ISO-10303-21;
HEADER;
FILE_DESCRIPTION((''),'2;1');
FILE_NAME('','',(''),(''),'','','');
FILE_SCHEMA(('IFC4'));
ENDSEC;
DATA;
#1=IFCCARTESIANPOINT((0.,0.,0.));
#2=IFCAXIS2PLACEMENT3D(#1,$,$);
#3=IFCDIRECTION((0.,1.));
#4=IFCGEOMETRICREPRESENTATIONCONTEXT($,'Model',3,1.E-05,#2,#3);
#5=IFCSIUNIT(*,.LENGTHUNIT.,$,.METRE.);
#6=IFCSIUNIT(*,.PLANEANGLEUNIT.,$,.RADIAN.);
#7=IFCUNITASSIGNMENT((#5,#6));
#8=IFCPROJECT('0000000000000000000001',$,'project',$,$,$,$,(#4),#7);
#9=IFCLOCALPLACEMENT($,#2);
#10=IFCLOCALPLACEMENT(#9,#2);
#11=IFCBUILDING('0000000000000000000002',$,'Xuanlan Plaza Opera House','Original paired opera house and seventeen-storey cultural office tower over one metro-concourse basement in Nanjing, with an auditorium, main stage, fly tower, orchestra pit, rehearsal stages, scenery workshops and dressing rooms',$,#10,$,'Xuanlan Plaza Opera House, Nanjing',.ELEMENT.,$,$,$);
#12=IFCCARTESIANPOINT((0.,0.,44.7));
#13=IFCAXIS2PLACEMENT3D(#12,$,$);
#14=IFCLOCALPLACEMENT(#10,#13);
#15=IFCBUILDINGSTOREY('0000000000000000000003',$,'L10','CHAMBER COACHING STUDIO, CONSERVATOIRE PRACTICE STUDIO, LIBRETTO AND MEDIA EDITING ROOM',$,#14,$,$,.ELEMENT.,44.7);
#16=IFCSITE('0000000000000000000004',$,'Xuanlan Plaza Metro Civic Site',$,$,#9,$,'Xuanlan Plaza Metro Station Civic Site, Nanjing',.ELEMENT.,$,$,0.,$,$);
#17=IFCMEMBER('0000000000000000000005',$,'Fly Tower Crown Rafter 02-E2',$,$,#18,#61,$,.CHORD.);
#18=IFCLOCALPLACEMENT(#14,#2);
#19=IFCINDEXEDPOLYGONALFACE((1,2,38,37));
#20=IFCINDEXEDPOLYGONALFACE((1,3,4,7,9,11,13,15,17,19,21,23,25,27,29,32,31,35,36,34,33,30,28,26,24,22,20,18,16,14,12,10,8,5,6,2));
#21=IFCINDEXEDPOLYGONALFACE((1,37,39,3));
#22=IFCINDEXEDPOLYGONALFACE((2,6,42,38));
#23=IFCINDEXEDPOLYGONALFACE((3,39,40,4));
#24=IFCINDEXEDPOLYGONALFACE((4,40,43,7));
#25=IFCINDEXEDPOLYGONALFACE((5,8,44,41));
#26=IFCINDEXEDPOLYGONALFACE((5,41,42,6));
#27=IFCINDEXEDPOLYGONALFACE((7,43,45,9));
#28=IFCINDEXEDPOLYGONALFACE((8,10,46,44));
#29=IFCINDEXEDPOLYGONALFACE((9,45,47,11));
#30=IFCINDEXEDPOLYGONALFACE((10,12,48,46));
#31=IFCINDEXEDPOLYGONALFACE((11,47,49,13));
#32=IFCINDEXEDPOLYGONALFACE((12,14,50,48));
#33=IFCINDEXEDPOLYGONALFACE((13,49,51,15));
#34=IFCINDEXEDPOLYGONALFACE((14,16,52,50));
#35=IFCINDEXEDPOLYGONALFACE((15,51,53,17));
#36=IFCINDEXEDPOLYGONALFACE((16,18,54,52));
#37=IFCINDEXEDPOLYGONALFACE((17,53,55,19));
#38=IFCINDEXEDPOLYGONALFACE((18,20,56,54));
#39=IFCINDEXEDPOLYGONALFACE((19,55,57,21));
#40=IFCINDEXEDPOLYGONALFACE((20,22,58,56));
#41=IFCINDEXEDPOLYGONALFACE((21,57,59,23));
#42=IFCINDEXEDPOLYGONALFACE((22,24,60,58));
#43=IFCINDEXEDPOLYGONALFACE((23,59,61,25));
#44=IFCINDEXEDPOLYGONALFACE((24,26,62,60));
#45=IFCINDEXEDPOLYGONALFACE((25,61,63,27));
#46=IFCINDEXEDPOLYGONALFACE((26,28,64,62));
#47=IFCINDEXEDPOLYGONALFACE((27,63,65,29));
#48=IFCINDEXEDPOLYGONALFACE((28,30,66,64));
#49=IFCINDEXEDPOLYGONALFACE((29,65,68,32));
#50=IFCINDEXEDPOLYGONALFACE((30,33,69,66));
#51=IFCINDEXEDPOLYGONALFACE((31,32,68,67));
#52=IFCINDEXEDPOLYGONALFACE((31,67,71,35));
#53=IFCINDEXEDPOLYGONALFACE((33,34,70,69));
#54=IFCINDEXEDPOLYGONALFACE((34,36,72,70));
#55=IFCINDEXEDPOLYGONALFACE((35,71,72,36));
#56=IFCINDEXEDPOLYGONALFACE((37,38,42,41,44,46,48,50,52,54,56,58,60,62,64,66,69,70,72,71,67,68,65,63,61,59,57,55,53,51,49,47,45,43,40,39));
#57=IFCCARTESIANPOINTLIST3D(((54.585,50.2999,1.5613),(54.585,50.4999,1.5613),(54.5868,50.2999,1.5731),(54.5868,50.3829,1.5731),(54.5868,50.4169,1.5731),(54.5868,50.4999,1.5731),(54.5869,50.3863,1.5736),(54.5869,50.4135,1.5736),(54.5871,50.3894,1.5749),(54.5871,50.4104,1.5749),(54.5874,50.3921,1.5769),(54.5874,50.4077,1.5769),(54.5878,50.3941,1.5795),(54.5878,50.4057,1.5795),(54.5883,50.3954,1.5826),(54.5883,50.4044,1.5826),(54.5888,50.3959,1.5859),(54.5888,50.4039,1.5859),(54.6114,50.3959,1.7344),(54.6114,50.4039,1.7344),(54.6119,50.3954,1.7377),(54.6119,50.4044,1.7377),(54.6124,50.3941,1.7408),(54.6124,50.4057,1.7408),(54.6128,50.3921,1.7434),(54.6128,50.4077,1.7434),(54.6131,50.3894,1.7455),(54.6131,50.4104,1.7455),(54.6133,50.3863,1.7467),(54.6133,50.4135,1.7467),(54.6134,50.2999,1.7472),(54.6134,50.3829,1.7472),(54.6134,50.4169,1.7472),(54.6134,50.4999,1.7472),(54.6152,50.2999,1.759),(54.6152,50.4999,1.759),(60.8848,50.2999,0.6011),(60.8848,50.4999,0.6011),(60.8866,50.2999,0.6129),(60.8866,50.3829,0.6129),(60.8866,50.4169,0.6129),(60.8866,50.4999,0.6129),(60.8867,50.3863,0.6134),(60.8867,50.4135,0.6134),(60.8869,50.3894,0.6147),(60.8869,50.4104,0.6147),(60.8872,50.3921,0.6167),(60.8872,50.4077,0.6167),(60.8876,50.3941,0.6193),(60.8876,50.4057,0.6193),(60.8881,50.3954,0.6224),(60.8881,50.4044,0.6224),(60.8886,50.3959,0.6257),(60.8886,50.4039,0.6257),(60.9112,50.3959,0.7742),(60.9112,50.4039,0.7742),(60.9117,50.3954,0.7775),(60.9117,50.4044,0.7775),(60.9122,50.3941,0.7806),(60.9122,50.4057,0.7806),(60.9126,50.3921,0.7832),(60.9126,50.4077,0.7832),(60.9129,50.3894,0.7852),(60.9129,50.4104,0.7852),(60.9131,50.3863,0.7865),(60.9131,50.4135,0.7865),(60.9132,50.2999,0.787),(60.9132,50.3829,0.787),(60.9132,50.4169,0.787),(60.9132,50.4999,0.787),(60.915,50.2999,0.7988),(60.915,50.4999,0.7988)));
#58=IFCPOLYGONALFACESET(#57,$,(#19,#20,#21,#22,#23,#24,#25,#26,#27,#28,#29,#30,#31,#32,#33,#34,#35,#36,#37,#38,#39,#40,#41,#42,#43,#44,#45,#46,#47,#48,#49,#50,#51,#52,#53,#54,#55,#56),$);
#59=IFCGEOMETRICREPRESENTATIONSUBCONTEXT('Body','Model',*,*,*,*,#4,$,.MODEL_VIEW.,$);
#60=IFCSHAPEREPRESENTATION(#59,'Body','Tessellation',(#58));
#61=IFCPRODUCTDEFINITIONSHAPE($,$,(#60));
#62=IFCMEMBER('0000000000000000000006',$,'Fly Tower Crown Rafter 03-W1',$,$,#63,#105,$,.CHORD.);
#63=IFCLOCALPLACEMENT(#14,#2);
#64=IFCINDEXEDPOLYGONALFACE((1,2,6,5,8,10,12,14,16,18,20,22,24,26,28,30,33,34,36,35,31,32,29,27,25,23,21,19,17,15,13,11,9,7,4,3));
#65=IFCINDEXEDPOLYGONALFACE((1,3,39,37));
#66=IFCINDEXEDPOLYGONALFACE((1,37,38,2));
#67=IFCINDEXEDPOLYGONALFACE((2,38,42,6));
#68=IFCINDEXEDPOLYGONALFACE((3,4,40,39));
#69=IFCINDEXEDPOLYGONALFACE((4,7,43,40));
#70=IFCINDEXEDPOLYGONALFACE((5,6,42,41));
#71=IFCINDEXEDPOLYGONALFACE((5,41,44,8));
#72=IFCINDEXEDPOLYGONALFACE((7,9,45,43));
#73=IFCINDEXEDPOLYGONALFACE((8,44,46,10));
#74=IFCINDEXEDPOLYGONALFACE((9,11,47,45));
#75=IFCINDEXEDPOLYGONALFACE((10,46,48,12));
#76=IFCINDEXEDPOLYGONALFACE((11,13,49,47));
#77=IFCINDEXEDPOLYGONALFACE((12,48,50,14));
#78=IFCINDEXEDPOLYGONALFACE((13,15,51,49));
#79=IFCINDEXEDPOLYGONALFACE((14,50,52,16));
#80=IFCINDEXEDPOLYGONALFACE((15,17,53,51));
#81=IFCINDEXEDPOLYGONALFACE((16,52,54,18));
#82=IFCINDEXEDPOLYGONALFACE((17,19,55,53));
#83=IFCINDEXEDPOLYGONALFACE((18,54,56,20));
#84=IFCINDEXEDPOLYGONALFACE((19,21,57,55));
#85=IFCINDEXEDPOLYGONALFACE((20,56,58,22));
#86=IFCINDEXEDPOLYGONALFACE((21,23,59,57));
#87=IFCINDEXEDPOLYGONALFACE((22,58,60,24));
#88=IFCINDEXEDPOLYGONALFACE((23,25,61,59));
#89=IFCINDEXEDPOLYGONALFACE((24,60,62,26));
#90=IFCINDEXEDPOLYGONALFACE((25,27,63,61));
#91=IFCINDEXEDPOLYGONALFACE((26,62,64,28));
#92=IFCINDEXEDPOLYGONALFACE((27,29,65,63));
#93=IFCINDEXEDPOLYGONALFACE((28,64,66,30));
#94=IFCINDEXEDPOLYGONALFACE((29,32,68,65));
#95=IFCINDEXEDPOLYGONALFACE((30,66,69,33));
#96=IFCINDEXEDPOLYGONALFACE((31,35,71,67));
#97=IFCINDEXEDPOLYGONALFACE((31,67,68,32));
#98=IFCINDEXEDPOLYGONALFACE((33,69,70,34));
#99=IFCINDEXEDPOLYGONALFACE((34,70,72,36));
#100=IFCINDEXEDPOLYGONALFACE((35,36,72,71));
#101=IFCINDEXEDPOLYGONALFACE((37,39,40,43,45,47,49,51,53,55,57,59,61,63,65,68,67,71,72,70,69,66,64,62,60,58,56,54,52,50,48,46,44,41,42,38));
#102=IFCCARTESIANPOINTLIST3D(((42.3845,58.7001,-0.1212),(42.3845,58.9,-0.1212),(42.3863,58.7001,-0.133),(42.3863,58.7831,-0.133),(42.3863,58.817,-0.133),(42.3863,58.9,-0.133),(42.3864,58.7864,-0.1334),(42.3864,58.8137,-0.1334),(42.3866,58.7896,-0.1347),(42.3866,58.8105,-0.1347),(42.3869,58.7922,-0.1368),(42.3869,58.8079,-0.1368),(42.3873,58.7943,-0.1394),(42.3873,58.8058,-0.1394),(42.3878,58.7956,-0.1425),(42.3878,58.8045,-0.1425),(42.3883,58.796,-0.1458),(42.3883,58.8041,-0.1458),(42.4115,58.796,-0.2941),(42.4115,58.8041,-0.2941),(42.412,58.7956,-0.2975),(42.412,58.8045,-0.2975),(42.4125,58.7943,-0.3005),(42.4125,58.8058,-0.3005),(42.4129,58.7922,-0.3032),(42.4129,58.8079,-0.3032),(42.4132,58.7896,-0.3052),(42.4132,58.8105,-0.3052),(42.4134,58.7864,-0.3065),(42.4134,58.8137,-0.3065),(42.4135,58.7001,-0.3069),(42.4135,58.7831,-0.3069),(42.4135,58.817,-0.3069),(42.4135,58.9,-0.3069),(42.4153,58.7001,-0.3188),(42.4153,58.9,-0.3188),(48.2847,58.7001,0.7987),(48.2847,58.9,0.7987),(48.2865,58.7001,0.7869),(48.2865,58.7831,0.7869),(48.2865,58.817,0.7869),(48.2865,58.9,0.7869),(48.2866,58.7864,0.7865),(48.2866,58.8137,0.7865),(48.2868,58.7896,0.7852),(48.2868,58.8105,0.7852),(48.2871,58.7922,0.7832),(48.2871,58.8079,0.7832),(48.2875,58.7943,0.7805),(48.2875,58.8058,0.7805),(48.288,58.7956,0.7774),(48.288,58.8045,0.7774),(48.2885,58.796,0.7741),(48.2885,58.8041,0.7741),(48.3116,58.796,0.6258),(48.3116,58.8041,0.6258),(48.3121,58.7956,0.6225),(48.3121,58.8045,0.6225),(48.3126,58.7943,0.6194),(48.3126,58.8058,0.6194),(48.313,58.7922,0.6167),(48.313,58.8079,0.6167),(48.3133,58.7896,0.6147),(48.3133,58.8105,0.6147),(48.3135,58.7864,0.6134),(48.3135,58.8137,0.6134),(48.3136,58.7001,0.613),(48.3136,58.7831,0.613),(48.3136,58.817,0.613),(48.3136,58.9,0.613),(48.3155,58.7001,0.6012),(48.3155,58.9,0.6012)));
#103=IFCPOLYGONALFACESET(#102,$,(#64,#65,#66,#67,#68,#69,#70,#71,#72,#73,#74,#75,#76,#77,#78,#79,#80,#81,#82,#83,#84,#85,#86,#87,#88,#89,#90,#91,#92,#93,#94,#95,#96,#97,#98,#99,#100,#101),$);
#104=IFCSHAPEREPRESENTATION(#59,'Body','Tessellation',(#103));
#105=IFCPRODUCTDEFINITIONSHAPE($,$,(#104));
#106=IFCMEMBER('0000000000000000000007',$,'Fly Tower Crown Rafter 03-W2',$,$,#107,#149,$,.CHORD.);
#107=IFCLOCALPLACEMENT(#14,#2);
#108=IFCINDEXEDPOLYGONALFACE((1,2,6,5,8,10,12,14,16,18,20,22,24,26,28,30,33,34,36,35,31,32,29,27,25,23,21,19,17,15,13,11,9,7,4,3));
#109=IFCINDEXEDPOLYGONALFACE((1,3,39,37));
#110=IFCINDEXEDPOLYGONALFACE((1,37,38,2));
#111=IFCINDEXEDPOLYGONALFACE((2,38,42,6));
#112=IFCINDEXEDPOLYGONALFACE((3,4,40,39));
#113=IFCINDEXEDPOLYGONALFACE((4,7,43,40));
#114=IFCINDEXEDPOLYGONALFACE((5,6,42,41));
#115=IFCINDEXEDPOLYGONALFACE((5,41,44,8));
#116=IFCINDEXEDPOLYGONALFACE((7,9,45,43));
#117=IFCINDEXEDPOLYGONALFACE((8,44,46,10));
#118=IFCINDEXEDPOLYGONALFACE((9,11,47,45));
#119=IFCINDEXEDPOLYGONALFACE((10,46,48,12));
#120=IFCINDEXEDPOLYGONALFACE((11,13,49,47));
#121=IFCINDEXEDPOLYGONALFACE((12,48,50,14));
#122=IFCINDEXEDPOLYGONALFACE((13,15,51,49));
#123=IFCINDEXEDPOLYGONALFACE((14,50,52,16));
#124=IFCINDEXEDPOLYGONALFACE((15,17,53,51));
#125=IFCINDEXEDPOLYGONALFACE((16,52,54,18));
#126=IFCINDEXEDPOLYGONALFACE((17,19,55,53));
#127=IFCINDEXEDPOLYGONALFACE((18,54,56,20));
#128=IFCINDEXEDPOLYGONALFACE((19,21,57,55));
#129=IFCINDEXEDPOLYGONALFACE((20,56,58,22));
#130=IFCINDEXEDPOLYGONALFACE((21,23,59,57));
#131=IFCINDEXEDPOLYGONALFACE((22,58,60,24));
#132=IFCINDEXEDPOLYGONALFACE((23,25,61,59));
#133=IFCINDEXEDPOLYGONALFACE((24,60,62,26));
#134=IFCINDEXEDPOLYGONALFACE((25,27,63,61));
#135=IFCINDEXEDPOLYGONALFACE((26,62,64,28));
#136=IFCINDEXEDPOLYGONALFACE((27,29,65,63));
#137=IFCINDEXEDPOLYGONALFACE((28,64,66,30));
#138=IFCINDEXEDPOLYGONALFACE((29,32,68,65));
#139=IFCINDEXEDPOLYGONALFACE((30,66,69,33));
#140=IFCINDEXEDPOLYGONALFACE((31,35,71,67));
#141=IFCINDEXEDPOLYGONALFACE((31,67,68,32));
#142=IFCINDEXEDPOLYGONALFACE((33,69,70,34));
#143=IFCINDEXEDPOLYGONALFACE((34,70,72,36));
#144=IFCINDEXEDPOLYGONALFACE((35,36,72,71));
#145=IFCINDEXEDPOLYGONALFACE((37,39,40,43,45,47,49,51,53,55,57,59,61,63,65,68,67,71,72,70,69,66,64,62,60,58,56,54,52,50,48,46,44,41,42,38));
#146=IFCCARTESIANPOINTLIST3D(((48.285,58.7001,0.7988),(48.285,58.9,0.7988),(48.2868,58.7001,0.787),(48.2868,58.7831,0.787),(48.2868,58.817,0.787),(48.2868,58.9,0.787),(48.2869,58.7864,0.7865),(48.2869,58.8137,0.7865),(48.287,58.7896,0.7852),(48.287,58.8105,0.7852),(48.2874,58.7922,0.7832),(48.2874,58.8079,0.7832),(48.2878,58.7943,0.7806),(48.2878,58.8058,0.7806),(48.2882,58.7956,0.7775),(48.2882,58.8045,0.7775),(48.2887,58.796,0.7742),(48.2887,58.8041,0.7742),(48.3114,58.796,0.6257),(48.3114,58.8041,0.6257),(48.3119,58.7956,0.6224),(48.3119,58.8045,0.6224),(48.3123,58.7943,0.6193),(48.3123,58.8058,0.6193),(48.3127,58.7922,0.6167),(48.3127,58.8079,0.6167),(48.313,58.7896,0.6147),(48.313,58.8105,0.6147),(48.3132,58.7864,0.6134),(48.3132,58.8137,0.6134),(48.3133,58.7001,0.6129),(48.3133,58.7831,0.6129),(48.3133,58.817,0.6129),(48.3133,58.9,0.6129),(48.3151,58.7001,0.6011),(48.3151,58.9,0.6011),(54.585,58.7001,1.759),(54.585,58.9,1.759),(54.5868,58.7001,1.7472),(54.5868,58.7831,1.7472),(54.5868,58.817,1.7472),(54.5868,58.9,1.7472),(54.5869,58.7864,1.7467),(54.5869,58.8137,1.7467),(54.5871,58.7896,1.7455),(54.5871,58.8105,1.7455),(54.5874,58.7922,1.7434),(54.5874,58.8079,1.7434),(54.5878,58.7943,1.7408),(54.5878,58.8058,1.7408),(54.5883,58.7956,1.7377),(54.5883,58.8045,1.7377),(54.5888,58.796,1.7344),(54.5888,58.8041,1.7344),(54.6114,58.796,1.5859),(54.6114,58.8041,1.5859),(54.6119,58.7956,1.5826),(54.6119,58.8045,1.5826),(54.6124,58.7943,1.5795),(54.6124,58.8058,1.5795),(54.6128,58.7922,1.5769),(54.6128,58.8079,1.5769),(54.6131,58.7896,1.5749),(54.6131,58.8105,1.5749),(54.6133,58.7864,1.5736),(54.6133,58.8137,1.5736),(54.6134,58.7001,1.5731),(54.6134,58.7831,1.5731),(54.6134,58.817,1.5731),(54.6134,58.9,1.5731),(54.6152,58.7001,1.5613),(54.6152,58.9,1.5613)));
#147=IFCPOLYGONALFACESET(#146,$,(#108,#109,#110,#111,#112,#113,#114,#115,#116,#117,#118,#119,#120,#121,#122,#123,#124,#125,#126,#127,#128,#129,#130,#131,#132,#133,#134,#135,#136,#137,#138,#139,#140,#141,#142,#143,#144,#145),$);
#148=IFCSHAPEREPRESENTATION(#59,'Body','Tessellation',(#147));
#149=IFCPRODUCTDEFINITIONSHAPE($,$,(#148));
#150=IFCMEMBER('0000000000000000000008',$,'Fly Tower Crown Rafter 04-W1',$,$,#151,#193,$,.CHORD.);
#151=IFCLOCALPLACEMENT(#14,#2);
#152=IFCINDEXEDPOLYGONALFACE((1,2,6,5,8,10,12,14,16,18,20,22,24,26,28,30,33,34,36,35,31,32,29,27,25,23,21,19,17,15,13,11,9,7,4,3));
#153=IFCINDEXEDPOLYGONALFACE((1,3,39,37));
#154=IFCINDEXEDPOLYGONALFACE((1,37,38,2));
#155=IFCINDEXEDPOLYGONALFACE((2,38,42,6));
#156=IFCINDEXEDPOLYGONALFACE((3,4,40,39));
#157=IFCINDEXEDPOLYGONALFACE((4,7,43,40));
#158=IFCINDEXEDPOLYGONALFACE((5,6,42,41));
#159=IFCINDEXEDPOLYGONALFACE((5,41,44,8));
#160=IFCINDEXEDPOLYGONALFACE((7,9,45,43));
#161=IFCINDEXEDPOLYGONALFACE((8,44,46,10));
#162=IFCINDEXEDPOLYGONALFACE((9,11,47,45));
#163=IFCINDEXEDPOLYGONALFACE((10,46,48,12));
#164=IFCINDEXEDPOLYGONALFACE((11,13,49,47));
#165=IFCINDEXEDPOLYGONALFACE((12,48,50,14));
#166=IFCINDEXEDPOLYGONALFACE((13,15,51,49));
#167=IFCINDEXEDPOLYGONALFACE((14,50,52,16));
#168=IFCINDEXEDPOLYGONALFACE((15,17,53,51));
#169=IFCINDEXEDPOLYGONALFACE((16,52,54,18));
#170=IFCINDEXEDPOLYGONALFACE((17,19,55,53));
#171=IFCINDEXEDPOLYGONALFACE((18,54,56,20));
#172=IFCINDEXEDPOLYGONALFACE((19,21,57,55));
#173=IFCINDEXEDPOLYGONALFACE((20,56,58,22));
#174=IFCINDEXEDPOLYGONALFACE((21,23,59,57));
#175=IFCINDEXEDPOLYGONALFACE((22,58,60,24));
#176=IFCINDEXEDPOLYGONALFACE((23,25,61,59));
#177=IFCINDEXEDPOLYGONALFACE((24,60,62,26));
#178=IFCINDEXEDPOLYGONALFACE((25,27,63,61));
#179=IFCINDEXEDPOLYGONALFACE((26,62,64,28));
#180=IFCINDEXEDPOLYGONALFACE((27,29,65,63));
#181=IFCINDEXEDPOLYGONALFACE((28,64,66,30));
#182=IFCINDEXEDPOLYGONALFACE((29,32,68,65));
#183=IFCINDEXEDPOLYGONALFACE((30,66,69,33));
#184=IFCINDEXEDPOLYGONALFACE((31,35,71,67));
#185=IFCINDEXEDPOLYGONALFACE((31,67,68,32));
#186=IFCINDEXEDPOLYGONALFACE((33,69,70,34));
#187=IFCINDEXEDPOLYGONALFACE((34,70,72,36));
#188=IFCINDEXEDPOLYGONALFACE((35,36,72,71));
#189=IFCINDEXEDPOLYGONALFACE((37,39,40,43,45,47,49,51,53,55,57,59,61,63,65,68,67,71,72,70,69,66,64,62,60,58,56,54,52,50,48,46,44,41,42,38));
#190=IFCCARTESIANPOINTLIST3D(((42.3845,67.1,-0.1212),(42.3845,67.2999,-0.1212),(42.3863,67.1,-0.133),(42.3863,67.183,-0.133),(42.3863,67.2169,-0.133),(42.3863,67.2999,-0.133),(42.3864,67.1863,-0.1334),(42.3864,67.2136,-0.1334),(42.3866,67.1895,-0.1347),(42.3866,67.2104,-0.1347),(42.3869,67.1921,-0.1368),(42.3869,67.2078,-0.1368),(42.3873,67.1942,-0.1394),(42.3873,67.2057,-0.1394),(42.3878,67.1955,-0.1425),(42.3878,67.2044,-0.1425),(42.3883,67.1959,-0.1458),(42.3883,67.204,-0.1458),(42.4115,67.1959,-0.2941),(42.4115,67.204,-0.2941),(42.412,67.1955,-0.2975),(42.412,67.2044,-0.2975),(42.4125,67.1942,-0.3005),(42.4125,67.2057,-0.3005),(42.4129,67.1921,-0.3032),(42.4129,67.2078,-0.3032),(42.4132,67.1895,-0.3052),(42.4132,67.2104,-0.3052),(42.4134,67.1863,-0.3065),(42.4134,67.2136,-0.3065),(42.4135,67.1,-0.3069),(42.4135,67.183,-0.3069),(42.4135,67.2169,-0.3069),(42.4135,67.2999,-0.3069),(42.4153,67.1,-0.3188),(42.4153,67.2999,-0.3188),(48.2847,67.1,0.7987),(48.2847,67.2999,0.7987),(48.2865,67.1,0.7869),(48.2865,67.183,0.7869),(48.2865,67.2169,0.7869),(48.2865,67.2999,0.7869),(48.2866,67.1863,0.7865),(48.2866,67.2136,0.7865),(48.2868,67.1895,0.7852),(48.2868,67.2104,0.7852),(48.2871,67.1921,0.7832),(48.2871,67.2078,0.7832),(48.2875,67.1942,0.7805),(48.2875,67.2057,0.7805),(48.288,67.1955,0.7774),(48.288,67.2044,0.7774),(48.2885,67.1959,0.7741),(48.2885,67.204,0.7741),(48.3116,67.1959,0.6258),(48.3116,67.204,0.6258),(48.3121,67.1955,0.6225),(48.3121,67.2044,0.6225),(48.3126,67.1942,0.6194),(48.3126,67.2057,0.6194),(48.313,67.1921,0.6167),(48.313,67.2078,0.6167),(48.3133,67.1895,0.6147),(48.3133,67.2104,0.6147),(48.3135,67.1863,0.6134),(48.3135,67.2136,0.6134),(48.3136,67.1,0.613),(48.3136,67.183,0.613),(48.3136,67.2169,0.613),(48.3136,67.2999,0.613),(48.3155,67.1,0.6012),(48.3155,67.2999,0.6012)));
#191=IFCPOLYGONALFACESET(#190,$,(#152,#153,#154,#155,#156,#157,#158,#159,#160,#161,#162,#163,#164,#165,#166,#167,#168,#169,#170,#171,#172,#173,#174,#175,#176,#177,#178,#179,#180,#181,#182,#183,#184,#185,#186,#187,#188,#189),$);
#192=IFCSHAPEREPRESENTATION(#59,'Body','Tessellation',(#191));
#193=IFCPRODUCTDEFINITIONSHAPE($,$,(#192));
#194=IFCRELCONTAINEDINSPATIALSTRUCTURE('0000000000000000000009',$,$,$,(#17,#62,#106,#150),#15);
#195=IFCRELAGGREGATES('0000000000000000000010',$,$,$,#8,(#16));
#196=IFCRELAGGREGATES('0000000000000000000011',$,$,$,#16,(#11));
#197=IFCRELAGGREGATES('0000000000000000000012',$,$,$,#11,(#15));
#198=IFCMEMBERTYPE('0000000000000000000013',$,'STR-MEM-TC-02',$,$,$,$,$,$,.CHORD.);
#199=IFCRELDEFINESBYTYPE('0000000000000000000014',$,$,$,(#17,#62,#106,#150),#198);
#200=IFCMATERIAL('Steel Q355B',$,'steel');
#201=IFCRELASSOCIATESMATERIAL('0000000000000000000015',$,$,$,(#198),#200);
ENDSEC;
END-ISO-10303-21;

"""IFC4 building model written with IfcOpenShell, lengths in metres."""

from ifc_helpers import new_model, si_unit, direction, frame, origin, origin_2d, place, context, subcontext, project, spatial, i_section, extrude, material, material_profile, profile_set, type_object, element, save


model = new_model("IFC4")

# Units and contexts
model_context = context("Model", 3, precision=1e-05, world=origin(), true_north=direction((0.0, 1.0)))
body_context = subcontext(model_context, "Body", "Model", "MODEL_VIEW")
ifc_project = project(units=[si_unit("LENGTHUNIT", "METRE"), si_unit("PLANEANGLEUNIT", "RADIAN")], contexts=[model_context])

# Site, building, storey
site_placement = place(None, origin())
site = spatial("IfcSite", under=ifc_project, at=site_placement, Name="Xuanlan Plaza Metro Civic Site", LongName="Xuanlan Plaza Metro Station Civic Site, Nanjing", CompositionType="ELEMENT", RefElevation=0.0)
building_placement = place(site_placement, origin())
building = spatial("IfcBuilding", under=site, at=building_placement, Name="Xuanlan Plaza Opera House", Description="Original paired opera house and seventeen-storey cultural office tower over one metro-concourse basement in Nanjing, with an auditorium, main stage, fly tower, orchestra pit, rehearsal stages, scenery workshops and dressing rooms", LongName="Xuanlan Plaza Opera House, Nanjing", CompositionType="ELEMENT")
storey_placement = place(building_placement, frame((0.0, 0.0, 44.7)))
storey = spatial("IfcBuildingStorey", under=building, at=storey_placement, Name="L10", Description="CHAMBER COACHING STUDIO, CONSERVATOIRE PRACTICE STUDIO, LIBRETTO AND MEDIA EDITING ROOM", CompositionType="ELEMENT", Elevation=44.7)

# Members
ifc_material_1 = material(Name="Steel Q355B", Category="steel")
ifc_material_profile_1 = material_profile(ifc_material_1, i_section(OverallWidth=0.2, OverallDepth=0.2, WebThickness=0.0081, FlangeThickness=0.012, FilletRadius=0.0129, at=origin_2d()), Name="HW 200x200x8x12")
ifc_profile_set_1 = profile_set([ifc_material_profile_1], Name="Steel Q355B")
member_type_1 = type_object("IfcMemberType", Name="STR-MEM-TC-02", PredefinedType="CHORD", material=ifc_profile_set_1)
member_1_placement = place(storey_placement, frame((54.6001, 50.3999, 1.6602), z_axis=(0.988583, 0.0, -0.150678), x_axis=(0.0, 1.0, 0.0)))
element("IfcMember", 1, at=member_1_placement, inside=storey, type_object=member_type_1, Name="Fly Tower Crown Rafter 02-E2", PredefinedType="CHORD", context=body_context, shape_type="SweptSolid", body=[
    extrude(i_section(OverallWidth=0.2, OverallDepth=0.2, WebThickness=0.0081, FlangeThickness=0.012, FilletRadius=0.0129, at=origin_2d()), origin(), (0.0, 0.0, 1.0), 6.3726),
])
member_2_placement = place(storey_placement, frame((42.3999, 58.8, -0.22), z_axis=(0.988062, 0.0, 0.154054), x_axis=(0.0, 1.0, 0.0)))
element("IfcMember", 2, at=member_2_placement, inside=storey, type_object=member_type_1, Name="Fly Tower Crown Rafter 03-W1", PredefinedType="CHORD", context=body_context, shape_type="SweptSolid", body=[
    extrude(i_section(OverallWidth=0.2, OverallDepth=0.2, WebThickness=0.0081, FlangeThickness=0.012, FilletRadius=0.0129, at=origin_2d()), origin(), (0.0, 0.0, 1.0), 5.9714),
])
member_3_placement = place(storey_placement, frame((48.3, 58.8, 0.7), z_axis=(0.988584, 0.0, 0.150672), x_axis=(0.0, 1.0, 0.0)))
element("IfcMember", 3, at=member_3_placement, inside=storey, type_object=member_type_1, Name="Fly Tower Crown Rafter 03-W2", PredefinedType="CHORD", context=body_context, shape_type="SweptSolid", body=[
    extrude(i_section(OverallWidth=0.2, OverallDepth=0.2, WebThickness=0.0081, FlangeThickness=0.012, FilletRadius=0.0129, at=origin_2d()), origin(), (0.0, 0.0, 1.0), 6.3728),
])
member_4_placement = place(storey_placement, frame((42.3999, 67.2, -0.22), z_axis=(0.988062, 0.0, 0.154054), x_axis=(0.0, 1.0, 0.0)))
element("IfcMember", 4, at=member_4_placement, inside=storey, type_object=member_type_1, Name="Fly Tower Crown Rafter 04-W1", PredefinedType="CHORD", context=body_context, shape_type="SweptSolid", body=[
    extrude(i_section(OverallWidth=0.2, OverallDepth=0.2, WebThickness=0.0081, FlangeThickness=0.012, FilletRadius=0.0129, at=origin_2d()), origin(), (0.0, 0.0, 1.0), 5.9714),
])

save(model, "model.ifc")
